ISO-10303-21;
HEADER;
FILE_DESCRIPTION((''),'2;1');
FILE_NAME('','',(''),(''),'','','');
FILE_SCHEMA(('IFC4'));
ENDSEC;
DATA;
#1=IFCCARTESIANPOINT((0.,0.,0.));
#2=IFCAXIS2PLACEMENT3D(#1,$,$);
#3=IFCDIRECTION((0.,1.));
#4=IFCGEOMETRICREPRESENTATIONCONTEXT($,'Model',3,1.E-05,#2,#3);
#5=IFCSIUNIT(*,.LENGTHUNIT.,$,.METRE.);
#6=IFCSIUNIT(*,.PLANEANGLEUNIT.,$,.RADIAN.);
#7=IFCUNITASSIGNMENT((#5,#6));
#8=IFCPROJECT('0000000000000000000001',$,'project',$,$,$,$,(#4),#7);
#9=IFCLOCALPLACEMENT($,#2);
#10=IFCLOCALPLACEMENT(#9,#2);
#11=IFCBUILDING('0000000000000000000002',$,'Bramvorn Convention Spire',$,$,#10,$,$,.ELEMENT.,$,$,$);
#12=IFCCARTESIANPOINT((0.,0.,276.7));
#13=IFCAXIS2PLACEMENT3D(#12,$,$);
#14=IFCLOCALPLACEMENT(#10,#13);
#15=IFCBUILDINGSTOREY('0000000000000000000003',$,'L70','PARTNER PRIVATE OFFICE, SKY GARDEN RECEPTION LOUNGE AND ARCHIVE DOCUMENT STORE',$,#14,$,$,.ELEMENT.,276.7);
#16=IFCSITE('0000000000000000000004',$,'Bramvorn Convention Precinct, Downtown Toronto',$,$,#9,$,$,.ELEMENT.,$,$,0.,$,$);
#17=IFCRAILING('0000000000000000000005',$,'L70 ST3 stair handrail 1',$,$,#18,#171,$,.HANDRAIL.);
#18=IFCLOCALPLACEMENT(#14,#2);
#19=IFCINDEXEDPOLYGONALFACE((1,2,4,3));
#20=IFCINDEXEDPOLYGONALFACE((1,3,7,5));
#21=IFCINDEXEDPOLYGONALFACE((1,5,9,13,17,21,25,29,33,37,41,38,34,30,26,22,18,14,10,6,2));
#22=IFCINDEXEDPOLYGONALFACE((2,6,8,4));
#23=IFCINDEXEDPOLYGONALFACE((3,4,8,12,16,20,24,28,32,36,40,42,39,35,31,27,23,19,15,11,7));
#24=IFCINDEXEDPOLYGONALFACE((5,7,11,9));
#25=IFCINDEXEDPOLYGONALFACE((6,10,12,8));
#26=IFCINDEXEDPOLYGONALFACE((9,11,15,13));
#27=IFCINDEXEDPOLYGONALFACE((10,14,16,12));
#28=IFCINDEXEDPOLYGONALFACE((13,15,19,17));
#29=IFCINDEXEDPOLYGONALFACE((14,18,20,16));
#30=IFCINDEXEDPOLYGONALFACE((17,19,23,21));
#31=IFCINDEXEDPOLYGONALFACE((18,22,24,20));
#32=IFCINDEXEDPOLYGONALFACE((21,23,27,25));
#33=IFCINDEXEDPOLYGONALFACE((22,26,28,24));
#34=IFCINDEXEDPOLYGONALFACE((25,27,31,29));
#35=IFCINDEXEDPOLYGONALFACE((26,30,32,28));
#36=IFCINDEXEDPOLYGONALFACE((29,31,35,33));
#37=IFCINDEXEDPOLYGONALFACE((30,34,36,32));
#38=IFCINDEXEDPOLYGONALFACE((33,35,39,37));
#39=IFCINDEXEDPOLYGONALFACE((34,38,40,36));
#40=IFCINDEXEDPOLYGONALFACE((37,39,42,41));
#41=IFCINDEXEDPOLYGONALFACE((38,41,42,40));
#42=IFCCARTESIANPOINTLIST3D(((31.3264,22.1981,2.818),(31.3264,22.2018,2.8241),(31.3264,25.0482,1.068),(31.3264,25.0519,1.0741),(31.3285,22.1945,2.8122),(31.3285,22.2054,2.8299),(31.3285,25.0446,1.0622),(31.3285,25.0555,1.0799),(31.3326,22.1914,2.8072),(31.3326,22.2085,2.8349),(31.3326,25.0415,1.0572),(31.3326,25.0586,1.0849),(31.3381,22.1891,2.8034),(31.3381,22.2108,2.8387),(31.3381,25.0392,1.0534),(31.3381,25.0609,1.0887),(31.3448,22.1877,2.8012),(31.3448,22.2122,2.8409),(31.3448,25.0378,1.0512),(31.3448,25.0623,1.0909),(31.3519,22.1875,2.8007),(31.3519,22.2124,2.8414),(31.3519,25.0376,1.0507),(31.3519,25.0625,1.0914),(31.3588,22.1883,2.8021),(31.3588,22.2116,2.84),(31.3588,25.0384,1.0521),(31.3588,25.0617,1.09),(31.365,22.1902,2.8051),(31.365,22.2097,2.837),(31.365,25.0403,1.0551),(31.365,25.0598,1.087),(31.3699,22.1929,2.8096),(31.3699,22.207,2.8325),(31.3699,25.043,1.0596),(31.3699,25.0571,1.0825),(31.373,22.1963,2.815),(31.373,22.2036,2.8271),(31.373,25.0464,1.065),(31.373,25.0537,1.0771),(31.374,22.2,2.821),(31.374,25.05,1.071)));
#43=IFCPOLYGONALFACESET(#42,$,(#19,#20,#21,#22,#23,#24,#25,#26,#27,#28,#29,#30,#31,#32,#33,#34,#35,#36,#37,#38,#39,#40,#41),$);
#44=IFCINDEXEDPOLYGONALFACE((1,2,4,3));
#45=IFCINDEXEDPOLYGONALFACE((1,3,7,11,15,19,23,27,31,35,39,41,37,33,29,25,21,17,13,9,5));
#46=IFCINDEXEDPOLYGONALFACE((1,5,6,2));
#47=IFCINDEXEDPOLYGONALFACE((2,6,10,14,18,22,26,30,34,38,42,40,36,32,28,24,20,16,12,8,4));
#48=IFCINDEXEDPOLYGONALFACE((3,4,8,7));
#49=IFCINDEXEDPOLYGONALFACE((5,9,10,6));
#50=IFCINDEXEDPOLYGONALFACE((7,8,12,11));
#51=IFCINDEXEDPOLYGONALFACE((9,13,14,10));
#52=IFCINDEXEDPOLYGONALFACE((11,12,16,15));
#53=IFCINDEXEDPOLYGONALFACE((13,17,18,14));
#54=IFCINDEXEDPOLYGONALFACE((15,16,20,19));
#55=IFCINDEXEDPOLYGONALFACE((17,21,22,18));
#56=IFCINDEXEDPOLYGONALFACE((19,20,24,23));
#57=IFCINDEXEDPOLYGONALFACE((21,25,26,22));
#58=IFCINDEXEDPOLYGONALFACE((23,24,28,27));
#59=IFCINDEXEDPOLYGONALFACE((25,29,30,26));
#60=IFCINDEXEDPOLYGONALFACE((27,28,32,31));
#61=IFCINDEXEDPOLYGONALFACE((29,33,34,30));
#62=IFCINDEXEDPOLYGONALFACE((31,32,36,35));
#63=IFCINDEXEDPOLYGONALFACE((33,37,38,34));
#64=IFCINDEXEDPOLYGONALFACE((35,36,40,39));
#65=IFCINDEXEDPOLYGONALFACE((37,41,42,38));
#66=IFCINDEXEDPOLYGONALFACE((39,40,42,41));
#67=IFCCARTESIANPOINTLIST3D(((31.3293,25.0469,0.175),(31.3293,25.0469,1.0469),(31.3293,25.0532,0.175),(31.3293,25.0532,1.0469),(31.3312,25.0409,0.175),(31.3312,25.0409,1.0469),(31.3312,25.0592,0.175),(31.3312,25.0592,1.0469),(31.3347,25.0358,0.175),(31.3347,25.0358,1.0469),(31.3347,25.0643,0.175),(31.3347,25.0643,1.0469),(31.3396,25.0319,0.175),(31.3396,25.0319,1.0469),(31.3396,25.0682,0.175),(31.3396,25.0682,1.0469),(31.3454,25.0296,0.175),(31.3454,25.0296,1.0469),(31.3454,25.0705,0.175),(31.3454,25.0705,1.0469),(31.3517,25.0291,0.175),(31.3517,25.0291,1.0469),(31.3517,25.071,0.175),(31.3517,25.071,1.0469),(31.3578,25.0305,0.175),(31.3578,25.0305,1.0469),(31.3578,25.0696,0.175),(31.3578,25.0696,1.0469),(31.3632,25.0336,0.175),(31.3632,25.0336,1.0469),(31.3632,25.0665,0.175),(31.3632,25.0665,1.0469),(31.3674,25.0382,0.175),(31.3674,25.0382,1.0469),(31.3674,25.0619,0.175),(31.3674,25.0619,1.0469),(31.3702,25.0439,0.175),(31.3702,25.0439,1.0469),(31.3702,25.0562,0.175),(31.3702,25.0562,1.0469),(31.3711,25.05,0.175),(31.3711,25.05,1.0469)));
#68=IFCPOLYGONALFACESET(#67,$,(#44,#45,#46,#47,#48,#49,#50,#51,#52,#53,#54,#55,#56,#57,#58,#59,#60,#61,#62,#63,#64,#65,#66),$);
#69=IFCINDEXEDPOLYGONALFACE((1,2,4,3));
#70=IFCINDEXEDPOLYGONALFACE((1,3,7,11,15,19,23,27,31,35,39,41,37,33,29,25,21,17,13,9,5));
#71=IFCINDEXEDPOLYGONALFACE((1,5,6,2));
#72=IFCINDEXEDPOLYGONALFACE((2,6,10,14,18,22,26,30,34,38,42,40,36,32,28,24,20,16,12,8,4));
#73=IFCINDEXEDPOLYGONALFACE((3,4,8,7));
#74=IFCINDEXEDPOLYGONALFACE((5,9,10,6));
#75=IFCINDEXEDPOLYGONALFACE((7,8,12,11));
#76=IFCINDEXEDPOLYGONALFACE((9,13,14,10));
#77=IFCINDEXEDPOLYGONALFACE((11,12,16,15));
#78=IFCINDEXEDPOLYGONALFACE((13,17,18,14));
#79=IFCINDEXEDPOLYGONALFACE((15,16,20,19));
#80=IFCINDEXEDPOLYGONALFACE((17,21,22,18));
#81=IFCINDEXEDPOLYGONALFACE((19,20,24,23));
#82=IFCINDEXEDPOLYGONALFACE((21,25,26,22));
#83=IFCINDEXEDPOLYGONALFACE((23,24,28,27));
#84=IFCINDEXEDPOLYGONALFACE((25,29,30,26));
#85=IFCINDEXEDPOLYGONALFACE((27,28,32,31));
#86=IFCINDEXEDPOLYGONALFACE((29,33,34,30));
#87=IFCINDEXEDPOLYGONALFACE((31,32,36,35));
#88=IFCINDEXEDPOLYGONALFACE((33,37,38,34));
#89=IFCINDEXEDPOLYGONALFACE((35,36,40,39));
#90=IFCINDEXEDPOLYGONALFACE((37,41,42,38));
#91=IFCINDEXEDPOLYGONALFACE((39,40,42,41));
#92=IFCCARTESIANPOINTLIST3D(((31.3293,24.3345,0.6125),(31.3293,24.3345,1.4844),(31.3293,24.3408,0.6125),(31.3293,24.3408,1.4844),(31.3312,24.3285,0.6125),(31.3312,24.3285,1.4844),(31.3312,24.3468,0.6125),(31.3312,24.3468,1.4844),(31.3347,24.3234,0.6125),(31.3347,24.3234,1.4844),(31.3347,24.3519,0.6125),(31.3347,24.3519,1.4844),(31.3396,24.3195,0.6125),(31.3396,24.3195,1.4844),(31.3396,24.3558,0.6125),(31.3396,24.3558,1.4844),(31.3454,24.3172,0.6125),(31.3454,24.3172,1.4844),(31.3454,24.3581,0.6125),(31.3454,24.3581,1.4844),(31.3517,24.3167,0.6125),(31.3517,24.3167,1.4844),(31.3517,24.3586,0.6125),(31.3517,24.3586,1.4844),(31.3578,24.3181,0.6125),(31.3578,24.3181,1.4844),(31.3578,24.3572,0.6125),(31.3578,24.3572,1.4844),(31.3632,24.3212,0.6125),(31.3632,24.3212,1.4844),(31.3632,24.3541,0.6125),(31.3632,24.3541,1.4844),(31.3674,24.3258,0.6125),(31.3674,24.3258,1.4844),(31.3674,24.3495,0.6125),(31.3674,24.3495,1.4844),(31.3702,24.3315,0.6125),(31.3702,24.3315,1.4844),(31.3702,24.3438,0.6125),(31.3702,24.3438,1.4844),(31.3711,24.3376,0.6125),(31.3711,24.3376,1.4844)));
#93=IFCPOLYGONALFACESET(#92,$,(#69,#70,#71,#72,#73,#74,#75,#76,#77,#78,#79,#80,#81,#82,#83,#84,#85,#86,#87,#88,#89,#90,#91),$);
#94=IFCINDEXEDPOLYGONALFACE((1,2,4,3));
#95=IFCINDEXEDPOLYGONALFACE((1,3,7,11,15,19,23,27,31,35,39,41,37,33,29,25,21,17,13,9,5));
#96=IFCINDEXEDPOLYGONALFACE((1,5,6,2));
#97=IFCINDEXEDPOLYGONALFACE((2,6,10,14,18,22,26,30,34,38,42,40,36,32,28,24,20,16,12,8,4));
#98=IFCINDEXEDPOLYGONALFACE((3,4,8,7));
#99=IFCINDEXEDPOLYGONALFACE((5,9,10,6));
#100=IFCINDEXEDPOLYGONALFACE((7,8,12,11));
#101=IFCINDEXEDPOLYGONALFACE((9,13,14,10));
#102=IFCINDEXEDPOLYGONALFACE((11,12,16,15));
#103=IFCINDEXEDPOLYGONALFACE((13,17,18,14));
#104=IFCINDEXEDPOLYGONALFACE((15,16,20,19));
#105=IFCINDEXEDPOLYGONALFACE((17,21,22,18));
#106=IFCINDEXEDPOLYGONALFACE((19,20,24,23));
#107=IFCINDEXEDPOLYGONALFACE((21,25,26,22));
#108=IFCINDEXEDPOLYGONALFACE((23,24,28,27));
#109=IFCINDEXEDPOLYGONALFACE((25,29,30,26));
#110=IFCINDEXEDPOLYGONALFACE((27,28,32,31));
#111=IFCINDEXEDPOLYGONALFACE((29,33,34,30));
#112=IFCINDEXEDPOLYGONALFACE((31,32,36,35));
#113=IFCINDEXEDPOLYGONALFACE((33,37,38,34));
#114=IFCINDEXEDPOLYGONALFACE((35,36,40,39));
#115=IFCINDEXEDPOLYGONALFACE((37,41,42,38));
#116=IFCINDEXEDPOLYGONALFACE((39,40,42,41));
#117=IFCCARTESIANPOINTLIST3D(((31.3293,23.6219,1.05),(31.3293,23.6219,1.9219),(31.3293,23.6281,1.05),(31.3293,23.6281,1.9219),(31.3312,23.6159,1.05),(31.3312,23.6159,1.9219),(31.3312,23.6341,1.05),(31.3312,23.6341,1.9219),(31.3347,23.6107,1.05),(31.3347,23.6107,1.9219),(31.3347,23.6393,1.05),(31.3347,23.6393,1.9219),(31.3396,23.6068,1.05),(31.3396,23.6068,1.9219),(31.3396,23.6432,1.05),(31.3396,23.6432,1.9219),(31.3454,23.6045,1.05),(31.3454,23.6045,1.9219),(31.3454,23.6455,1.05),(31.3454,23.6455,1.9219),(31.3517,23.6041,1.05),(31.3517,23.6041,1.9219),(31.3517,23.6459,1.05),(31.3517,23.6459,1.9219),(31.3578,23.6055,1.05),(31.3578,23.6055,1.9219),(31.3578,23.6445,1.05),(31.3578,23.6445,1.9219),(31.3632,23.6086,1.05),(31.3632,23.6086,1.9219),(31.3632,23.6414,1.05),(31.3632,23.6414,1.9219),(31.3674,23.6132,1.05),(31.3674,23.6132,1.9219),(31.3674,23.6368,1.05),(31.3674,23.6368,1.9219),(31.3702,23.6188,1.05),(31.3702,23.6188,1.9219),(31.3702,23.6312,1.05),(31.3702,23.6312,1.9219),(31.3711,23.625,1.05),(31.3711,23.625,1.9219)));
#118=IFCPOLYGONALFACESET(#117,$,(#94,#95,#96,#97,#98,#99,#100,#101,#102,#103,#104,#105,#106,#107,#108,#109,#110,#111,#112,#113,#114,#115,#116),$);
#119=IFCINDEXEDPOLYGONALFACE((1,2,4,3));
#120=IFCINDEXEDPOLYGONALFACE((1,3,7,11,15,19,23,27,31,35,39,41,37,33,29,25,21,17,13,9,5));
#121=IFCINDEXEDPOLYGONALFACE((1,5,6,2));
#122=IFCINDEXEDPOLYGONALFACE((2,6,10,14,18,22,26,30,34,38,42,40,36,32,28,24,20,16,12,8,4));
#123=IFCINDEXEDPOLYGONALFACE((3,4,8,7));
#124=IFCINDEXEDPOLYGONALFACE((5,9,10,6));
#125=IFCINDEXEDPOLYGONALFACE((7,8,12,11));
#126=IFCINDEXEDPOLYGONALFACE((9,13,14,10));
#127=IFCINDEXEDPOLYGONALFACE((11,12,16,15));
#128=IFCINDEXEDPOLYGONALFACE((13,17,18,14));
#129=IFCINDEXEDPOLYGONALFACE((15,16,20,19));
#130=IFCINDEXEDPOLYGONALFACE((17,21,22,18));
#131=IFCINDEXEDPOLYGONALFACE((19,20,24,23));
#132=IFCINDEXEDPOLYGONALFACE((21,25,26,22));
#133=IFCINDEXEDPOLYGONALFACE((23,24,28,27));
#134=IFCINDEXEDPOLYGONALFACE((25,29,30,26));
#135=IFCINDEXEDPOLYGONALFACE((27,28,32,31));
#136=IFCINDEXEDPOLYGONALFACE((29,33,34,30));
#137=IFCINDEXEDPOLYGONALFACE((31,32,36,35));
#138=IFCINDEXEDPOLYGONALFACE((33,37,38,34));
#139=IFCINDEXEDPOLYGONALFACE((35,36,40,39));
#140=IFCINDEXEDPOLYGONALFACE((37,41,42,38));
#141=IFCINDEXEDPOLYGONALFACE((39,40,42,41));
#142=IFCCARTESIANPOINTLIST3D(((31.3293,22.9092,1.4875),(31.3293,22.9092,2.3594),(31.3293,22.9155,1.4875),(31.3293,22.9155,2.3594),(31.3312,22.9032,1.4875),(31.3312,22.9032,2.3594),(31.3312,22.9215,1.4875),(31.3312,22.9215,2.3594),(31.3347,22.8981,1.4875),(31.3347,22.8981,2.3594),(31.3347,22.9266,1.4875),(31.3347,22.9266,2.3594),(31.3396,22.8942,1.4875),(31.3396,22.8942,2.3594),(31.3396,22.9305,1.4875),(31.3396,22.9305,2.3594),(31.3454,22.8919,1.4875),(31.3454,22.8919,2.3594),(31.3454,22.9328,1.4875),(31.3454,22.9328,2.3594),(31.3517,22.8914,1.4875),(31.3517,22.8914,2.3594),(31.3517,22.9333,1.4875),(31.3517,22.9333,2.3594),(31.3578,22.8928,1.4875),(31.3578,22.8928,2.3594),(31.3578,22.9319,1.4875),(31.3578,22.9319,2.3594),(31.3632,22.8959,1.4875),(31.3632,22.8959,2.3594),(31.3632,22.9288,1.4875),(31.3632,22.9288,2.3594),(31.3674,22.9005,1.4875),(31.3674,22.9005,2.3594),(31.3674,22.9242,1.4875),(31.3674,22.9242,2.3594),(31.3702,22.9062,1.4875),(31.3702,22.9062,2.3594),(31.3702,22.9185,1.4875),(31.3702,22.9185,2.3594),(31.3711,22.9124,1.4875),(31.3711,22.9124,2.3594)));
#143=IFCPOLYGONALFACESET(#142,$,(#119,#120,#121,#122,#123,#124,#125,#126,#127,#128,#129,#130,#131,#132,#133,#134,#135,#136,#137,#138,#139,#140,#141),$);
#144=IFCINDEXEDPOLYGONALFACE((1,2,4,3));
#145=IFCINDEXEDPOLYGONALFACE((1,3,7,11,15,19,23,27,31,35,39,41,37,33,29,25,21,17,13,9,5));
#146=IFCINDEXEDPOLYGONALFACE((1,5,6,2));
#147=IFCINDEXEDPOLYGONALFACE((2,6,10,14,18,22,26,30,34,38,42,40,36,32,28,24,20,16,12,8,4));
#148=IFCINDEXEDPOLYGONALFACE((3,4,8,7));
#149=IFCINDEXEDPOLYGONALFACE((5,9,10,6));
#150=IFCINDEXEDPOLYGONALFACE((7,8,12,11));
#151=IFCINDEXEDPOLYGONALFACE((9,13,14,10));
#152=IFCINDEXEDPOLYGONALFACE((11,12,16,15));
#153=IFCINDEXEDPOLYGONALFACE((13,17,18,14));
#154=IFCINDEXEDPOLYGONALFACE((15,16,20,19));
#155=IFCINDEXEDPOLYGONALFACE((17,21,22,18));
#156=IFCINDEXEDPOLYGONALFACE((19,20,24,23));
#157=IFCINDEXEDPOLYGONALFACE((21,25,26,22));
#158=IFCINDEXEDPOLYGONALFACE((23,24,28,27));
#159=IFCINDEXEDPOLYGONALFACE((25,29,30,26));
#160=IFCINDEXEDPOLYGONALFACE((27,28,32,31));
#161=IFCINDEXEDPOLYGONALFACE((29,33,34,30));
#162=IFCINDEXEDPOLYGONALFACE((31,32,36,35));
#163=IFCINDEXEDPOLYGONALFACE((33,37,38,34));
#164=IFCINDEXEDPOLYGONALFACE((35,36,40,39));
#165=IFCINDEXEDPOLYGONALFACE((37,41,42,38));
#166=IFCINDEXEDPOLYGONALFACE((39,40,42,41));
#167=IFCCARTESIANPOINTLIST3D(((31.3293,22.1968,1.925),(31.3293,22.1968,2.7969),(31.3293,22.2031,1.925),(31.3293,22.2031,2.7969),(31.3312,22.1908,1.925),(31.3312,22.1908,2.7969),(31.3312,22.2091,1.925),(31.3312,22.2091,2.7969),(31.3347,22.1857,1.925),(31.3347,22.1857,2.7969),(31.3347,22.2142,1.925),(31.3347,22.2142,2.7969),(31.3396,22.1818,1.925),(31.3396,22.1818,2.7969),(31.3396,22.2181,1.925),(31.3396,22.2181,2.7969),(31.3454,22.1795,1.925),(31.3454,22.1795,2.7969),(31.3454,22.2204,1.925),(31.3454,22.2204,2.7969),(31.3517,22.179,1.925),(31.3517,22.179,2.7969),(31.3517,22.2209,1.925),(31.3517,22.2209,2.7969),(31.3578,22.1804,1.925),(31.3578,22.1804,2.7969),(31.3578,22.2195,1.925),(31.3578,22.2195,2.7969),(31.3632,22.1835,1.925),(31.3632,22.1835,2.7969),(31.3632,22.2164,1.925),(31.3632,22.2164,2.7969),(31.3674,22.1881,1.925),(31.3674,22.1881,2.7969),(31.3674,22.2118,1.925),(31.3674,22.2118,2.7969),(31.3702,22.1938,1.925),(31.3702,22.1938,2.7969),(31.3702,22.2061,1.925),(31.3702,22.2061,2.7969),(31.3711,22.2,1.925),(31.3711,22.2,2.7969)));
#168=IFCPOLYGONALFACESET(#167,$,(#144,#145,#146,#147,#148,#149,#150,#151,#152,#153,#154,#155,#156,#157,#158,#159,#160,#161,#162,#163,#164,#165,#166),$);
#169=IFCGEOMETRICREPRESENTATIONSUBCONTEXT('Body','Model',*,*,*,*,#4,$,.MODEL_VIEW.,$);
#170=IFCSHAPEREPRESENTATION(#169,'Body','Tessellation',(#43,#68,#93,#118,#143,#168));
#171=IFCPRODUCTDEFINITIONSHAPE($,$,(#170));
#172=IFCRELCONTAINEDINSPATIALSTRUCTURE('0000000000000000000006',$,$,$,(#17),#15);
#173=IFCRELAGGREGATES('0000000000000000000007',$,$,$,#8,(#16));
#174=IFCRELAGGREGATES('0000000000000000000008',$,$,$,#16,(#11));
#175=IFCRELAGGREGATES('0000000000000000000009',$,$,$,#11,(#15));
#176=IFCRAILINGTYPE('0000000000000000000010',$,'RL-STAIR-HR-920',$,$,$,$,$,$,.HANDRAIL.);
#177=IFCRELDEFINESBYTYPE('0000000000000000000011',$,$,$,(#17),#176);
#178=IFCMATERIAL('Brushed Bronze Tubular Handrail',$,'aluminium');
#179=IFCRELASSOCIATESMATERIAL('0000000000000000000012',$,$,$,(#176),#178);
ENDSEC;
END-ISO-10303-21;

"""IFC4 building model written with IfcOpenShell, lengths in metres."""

from ifc_helpers import new_model, si_unit, direction, frame, origin, origin_2d, place, context, subcontext, project, spatial, circle, extrude, material, type_object, element, save


model = new_model("IFC4")

# Units and contexts
model_context = context("Model", 3, precision=1e-05, world=origin(), true_north=direction((0.0, 1.0)))
body_context = subcontext(model_context, "Body", "Model", "MODEL_VIEW")
ifc_project = project(units=[si_unit("LENGTHUNIT", "METRE"), si_unit("PLANEANGLEUNIT", "RADIAN")], contexts=[model_context])

# Site, building, storey
site_placement = place(None, origin())
site = spatial("IfcSite", under=ifc_project, at=site_placement, Name="Bramvorn Convention Precinct, Downtown Toronto", CompositionType="ELEMENT", RefElevation=0.0)
building_placement = place(site_placement, origin())
building = spatial("IfcBuilding", under=site, at=building_placement, Name="Bramvorn Convention Spire", CompositionType="ELEMENT")
storey_placement = place(building_placement, frame((0.0, 0.0, 276.7)))
storey = spatial("IfcBuildingStorey", under=building, at=storey_placement, Name="L70", Description="PARTNER PRIVATE OFFICE, SKY GARDEN RECEPTION LOUNGE AND ARCHIVE DOCUMENT STORE", CompositionType="ELEMENT", Elevation=276.7)

# Railing
ifc_material_1 = material(Name="Brushed Bronze Tubular Handrail", Category="aluminium")
railing_type_1 = type_object("IfcRailingType", Name="RL-STAIR-HR-920", PredefinedType="HANDRAIL", material=ifc_material_1)
railing_1_placement = place(storey_placement, frame((31.3501, 25.05, 0.175)))
element("IfcRailing", 1, at=railing_1_placement, inside=storey, type_object=railing_type_1, Name="L70 ST3 stair handrail 1", PredefinedType="HANDRAIL", context=body_context, shape_type="SweptSolid", body=[
    extrude(circle(Radius=0.0239, at=origin_2d()), frame((0.0, 0.0, 0.896), z_axis=(0.0, -0.852179, 0.52325), x_axis=(1.0, 0.0, 0.0)), (0.0, 0.0, 1.0), 3.3445),
    extrude(circle(Radius=0.021, at=origin_2d()), origin(), (0.0, 0.0, 1.0), 0.8718),
    extrude(circle(Radius=0.021, at=origin_2d()), frame((0.0, -0.7124, 0.4375)), (0.0, 0.0, 1.0), 0.8718),
    extrude(circle(Radius=0.021, at=origin_2d()), frame((0.0, -1.425, 0.875)), (0.0, 0.0, 1.0), 0.8718),
    extrude(circle(Radius=0.021, at=origin_2d()), frame((0.0, -2.1377, 1.3125)), (0.0, 0.0, 1.0), 0.8718),
    extrude(circle(Radius=0.021, at=origin_2d()), frame((0.0, -2.8501, 1.75)), (0.0, 0.0, 1.0), 0.8718),
])

save(model, "model.ifc")
